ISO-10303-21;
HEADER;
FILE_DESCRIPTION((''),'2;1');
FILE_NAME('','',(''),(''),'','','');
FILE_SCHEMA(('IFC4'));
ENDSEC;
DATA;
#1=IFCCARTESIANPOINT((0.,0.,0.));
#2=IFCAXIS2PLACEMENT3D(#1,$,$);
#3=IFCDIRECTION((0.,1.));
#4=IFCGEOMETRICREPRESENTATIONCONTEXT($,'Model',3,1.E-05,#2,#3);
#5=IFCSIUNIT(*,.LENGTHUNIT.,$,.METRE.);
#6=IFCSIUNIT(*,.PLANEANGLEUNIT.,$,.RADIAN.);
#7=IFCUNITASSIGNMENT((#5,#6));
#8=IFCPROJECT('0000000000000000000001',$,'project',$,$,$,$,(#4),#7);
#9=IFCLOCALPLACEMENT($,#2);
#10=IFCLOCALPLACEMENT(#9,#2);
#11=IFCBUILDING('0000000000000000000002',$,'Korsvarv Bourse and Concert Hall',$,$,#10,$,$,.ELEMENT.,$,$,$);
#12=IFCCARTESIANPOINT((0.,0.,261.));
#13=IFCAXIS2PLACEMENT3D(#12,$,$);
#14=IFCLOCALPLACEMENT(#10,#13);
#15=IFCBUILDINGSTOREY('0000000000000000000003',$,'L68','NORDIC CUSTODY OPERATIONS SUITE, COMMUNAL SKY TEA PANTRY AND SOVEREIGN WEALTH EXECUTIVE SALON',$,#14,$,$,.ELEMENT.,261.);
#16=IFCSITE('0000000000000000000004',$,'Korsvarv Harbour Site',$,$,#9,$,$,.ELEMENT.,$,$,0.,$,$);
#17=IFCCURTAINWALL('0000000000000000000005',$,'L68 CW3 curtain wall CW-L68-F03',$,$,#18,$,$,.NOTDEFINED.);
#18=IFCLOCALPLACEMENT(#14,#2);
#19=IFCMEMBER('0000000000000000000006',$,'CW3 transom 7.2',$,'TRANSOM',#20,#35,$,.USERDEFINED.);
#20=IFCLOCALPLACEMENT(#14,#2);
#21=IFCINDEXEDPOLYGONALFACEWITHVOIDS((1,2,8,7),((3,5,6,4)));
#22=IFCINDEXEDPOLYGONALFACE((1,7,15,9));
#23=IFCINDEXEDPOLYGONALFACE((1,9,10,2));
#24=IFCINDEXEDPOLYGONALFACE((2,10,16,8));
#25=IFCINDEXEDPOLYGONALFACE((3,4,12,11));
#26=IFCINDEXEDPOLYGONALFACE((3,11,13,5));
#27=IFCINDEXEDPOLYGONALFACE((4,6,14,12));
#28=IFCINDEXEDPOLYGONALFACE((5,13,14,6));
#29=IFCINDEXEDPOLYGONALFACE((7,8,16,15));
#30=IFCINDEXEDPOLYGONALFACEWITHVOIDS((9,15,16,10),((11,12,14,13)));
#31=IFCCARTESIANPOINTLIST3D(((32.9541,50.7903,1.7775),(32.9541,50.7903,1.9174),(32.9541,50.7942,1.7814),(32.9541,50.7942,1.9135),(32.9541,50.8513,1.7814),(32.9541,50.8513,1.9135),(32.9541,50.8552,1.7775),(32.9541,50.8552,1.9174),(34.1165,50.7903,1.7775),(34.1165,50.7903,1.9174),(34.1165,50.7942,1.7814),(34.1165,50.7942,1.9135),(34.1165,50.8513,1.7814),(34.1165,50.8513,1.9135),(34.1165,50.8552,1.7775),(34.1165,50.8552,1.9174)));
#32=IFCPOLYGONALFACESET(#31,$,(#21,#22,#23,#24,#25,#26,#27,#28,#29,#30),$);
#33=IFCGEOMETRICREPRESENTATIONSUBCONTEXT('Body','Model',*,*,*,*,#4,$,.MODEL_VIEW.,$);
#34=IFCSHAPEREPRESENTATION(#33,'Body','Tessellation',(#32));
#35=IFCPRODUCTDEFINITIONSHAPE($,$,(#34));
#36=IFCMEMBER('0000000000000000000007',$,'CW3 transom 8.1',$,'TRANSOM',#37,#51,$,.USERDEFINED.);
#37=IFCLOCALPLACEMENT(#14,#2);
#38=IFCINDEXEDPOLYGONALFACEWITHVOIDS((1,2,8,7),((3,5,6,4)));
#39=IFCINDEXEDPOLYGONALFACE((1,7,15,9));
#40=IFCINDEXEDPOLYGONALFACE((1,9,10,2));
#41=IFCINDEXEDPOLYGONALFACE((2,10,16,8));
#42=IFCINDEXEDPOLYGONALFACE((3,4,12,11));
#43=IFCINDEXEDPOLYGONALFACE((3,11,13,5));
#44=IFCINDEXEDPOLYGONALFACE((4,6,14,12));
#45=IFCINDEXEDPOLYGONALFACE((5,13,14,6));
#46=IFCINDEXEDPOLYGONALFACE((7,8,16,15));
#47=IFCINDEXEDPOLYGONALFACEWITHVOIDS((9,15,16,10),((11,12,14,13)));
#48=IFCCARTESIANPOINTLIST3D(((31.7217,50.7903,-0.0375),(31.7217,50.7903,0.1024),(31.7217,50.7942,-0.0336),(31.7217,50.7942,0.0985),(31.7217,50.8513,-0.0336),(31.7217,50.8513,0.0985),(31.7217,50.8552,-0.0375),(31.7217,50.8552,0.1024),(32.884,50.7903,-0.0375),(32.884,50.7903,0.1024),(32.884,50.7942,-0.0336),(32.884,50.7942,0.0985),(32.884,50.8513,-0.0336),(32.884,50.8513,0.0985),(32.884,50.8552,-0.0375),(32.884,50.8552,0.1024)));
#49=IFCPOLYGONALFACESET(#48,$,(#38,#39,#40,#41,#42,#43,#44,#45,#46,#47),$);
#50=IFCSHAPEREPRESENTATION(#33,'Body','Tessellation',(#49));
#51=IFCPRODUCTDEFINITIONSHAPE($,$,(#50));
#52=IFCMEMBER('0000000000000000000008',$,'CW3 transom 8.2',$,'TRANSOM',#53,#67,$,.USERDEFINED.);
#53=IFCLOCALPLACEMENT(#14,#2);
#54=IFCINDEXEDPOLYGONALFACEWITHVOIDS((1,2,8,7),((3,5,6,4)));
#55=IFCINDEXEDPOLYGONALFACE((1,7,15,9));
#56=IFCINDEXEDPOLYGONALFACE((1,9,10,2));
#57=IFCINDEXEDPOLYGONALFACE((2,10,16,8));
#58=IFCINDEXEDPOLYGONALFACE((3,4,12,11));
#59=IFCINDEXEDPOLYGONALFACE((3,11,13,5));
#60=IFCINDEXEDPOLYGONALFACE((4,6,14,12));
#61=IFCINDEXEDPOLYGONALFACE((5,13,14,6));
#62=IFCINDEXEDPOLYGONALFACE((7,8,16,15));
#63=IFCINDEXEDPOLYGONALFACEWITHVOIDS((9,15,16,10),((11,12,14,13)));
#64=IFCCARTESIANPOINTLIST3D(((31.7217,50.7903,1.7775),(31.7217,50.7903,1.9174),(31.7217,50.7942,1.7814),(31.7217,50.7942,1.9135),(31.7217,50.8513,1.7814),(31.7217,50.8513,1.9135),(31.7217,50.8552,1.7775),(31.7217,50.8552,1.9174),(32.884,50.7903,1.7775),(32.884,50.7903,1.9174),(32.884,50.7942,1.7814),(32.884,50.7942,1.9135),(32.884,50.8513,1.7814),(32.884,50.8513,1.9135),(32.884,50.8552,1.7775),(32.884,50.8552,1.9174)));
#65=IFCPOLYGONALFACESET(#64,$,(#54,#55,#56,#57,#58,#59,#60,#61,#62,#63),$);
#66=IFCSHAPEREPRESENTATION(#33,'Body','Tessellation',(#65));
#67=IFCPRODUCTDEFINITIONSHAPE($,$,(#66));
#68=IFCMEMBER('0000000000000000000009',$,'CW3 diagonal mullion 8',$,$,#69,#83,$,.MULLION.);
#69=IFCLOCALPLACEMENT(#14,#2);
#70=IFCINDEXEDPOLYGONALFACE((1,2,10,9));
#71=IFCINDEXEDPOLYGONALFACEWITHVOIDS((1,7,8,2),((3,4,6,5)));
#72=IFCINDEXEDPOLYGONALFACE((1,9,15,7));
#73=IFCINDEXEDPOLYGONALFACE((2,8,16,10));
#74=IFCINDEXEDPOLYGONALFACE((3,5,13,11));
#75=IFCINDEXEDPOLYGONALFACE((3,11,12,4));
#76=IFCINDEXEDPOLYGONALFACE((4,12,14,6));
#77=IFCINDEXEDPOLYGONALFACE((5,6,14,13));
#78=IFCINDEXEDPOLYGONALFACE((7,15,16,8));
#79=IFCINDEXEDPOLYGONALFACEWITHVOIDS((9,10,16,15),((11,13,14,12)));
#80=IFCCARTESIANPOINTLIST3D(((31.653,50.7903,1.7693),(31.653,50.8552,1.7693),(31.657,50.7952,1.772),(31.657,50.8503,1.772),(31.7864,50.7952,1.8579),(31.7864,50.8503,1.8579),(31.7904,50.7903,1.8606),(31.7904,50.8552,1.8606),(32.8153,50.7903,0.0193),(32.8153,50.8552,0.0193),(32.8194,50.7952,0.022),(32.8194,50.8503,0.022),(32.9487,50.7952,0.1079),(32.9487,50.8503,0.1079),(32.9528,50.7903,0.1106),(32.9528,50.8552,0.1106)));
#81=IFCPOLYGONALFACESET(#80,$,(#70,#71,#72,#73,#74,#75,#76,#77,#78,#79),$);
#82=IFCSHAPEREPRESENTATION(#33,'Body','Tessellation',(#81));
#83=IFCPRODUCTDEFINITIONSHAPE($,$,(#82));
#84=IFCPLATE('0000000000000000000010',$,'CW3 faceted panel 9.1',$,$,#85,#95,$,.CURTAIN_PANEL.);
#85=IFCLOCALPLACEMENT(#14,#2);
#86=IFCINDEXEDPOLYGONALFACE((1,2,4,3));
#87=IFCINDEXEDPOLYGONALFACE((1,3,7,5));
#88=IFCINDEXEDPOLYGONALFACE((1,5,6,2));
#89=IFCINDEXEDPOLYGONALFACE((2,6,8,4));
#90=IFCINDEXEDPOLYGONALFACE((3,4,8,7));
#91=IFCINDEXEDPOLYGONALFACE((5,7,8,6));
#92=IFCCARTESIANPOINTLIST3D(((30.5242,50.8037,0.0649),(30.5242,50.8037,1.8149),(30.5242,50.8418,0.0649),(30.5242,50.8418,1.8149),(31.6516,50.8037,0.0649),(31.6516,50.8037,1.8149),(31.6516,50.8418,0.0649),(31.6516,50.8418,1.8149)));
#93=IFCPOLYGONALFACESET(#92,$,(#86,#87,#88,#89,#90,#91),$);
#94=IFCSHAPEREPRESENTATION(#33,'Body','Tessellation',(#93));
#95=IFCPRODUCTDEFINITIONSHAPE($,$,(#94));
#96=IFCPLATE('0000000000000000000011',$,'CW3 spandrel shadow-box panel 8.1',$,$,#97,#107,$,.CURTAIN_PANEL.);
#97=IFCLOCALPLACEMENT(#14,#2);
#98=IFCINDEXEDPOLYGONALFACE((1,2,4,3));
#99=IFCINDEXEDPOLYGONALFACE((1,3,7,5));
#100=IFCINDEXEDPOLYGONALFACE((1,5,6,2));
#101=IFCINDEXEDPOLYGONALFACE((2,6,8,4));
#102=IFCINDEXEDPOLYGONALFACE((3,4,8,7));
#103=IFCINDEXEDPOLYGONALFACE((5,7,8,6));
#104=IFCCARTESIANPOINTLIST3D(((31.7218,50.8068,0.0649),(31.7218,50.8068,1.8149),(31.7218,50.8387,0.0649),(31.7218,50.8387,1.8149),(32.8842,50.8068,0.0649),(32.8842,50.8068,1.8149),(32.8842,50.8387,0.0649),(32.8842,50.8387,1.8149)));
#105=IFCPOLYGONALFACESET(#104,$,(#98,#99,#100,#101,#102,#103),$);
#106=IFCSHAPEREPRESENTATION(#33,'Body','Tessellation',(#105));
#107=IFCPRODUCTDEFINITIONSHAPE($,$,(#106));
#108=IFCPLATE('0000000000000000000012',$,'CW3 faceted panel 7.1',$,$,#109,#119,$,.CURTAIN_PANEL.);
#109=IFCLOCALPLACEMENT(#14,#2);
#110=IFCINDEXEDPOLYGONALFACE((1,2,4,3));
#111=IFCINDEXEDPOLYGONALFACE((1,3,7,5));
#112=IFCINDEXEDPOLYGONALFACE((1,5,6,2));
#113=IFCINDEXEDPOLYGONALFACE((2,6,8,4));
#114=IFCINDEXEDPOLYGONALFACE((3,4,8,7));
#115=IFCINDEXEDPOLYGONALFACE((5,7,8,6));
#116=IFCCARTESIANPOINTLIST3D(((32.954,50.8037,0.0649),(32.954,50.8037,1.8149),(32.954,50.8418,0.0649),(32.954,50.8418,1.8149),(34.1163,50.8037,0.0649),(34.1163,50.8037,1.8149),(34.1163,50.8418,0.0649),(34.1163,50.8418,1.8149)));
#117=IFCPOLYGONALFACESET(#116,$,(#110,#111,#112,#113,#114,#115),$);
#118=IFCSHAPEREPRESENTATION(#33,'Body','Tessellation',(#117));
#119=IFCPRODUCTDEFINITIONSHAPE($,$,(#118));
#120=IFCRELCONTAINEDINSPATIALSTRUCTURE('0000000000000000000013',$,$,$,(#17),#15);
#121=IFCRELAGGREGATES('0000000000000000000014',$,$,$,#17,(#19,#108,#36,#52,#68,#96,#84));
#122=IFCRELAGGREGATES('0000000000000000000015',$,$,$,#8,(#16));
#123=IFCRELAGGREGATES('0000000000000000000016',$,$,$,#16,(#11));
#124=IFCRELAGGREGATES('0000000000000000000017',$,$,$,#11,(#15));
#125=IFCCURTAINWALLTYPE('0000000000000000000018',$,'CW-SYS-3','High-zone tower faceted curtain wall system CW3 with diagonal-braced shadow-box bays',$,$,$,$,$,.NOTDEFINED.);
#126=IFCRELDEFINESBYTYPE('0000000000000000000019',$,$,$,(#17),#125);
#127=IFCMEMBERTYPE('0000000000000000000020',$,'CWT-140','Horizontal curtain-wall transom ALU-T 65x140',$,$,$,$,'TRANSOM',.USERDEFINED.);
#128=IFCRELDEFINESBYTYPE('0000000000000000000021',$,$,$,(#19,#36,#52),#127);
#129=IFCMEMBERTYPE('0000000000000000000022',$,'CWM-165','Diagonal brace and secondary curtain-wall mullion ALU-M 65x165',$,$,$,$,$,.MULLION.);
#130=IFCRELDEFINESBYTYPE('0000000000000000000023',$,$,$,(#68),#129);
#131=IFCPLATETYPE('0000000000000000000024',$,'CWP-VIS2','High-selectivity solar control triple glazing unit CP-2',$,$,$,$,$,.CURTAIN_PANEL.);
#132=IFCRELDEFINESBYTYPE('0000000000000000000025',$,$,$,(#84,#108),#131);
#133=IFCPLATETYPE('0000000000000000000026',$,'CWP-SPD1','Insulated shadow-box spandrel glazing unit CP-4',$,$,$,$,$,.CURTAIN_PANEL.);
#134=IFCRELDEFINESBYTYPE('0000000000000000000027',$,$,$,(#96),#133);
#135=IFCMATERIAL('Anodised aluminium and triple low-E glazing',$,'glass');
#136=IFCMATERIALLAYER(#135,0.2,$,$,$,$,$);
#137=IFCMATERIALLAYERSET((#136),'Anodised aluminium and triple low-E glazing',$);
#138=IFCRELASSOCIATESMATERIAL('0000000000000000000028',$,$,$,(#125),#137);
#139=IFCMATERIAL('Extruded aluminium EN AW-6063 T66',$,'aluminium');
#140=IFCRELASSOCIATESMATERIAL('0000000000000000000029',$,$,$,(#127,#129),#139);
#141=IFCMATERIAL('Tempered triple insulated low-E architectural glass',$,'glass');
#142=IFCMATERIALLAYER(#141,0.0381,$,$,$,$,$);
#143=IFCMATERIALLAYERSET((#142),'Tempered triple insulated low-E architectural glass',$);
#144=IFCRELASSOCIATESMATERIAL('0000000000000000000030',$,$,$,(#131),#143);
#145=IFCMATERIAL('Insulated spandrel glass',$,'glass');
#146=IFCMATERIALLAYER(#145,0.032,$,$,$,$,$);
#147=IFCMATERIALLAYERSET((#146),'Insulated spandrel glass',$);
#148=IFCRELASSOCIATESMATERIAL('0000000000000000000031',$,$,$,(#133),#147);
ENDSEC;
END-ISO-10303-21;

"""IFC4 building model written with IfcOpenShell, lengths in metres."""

from ifc_helpers import new_model, si_unit, direction, frame, origin, origin_2d, place, context, subcontext, project, spatial, rectangle, hollow_rectangle, extrude, source, transform, mapped, material, layer, layer_set, material_profile, profile_set, type_object, element, aggregate, save


model = new_model("IFC4")

# Units and contexts
model_context = context("Model", 3, precision=1e-05, world=origin(), true_north=direction((0.0, 1.0)))
body_context = subcontext(model_context, "Body", "Model", "MODEL_VIEW")
ifc_project = project(units=[si_unit("LENGTHUNIT", "METRE"), si_unit("PLANEANGLEUNIT", "RADIAN")], contexts=[model_context])

# Site, building, storey
site_placement = place(None, origin())
site = spatial("IfcSite", under=ifc_project, at=site_placement, Name="Korsvarv Harbour Site", CompositionType="ELEMENT", RefElevation=0.0)
building_placement = place(site_placement, origin())
building = spatial("IfcBuilding", under=site, at=building_placement, Name="Korsvarv Bourse and Concert Hall", CompositionType="ELEMENT")
storey_placement = place(building_placement, frame((0.0, 0.0, 261.0)))
storey = spatial("IfcBuildingStorey", under=building, at=storey_placement, Name="L68", Description="NORDIC CUSTODY OPERATIONS SUITE, COMMUNAL SKY TEA PANTRY AND SOVEREIGN WEALTH EXECUTIVE SALON", CompositionType="ELEMENT", Elevation=261.0)

# Curtain wall, members, plates
ifc_material_1 = material(Name="Anodised aluminium and triple low-E glazing", Category="glass")
ifc_layer_1 = layer(ifc_material_1, 0.2)
ifc_layer_set_1 = layer_set([ifc_layer_1], Name="Anodised aluminium and triple low-E glazing")
curtain_wall_type = type_object("IfcCurtainWallType", Name="CW-SYS-3", Description="High-zone tower faceted curtain wall system CW3 with diagonal-braced shadow-box bays", PredefinedType="NOTDEFINED", material=ifc_layer_set_1)
curtain_wall_placement = place(storey_placement, origin())
curtain_wall = element("IfcCurtainWall", 1, at=curtain_wall_placement, inside=storey, type_object=curtain_wall_type, Name="L68 CW3 curtain wall CW-L68-F03", PredefinedType="NOTDEFINED")
ifc_material_2 = material(Name="Extruded aluminium EN AW-6063 T66", Category="aluminium")
ifc_material_profile_1 = material_profile(ifc_material_2, hollow_rectangle(XDim=0.0649, YDim=0.1399, WallThickness=0.0039, at=origin_2d()), Name="ALU-T 65x140")
ifc_profile_set_1 = profile_set([ifc_material_profile_1], Name="Extruded aluminium EN AW-6063 T66")
member_type_1 = type_object("IfcMemberType", Name="CWT-140", Description="Horizontal curtain-wall transom ALU-T 65x140", ElementType="TRANSOM", PredefinedType="USERDEFINED", material=ifc_profile_set_1)
shared_shape_1 = source(origin(), body_context, "Body", "SweptSolid", [
    extrude(hollow_rectangle(XDim=0.0649, YDim=0.1399, WallThickness=0.0039, at=origin_2d()), origin(), (0.0, 0.0, 1.0), 1.1624),
])
member_1_placement = place(storey_placement, frame((34.1165, 50.8228, 1.8474), z_axis=(-1.0, 0.0, 0.0), x_axis=(0.0, -1.0, 0.0)))
member_1 = element("IfcMember", 2, at=member_1_placement, type_object=member_type_1, Name="CW3 transom 7.2", ObjectType="TRANSOM", PredefinedType="USERDEFINED", context=body_context, shape_type="MappedRepresentation", body=[
    mapped(shared_shape_1, transform((0.0, 0.0, 0.0), scale=1.0)),
])
member_2_placement = place(storey_placement, frame((32.884, 50.8228, 0.0325), z_axis=(-1.0, 0.0, 0.0), x_axis=(0.0, -1.0, 0.0)))
member_2 = element("IfcMember", 3, at=member_2_placement, type_object=member_type_1, Name="CW3 transom 8.1", ObjectType="TRANSOM", PredefinedType="USERDEFINED", context=body_context, shape_type="MappedRepresentation", body=[
    mapped(shared_shape_1, transform((0.0, 0.0, 0.0), scale=1.0)),
])
member_3_placement = place(storey_placement, frame((32.884, 50.8228, 1.8474), z_axis=(-1.0, 0.0, 0.0), x_axis=(0.0, -1.0, 0.0)))
member_3 = element("IfcMember", 4, at=member_3_placement, type_object=member_type_1, Name="CW3 transom 8.2", ObjectType="TRANSOM", PredefinedType="USERDEFINED", context=body_context, shape_type="MappedRepresentation", body=[
    mapped(shared_shape_1, transform((0.0, 0.0, 0.0), scale=1.0)),
])
ifc_material_profile_2 = material_profile(ifc_material_2, hollow_rectangle(XDim=0.0649, YDim=0.165, WallThickness=0.0049, at=origin_2d()), Name="ALU-M 65x165")
ifc_profile_set_2 = profile_set([ifc_material_profile_2], Name="Extruded aluminium EN AW-6063 T66")
member_type_2 = type_object("IfcMemberType", Name="CWM-165", Description="Diagonal brace and secondary curtain-wall mullion ALU-M 65x165", PredefinedType="MULLION", material=ifc_profile_set_2)
shared_shape_2 = source(origin(), body_context, "Body", "SweptSolid", [
    extrude(hollow_rectangle(XDim=0.0649, YDim=0.165, WallThickness=0.0049, at=origin_2d()), origin(), (0.0, 0.0, 1.0), 2.1008),
])
member_4_placement = place(storey_placement, frame((32.884, 50.8228, 0.0649), z_axis=(-0.553278, 0.0, 0.832997), x_axis=(0.0, -1.0, 0.0)))
member_4 = element("IfcMember", 5, at=member_4_placement, type_object=member_type_2, Name="CW3 diagonal mullion 8", PredefinedType="MULLION", context=body_context, shape_type="MappedRepresentation", body=[
    mapped(shared_shape_2, transform((0.0, 0.0, 0.0), scale=1.0)),
])
ifc_material_3 = material(Name="Tempered triple insulated low-E architectural glass", Category="glass")
ifc_layer_2 = layer(ifc_material_3, 0.0381)
ifc_layer_set_2 = layer_set([ifc_layer_2], Name="Tempered triple insulated low-E architectural glass")
plate_type_1 = type_object("IfcPlateType", Name="CWP-VIS2", Description="High-selectivity solar control triple glazing unit CP-2", PredefinedType="CURTAIN_PANEL", material=ifc_layer_set_2)
shared_shape_3 = source(origin(), body_context, "Body", "SweptSolid", [
    extrude(rectangle(XDim=1.1274, YDim=0.0381, at=origin_2d()), origin(), (0.0, 0.0, 1.0), 1.75),
])
plate_1_placement = place(storey_placement, frame((31.0879, 50.8228, 0.0649), z_axis=(0.0, 0.0, 1.0), x_axis=(-1.0, 0.0, 0.0)))
plate_1 = element("IfcPlate", 6, at=plate_1_placement, type_object=plate_type_1, Name="CW3 faceted panel 9.1", PredefinedType="CURTAIN_PANEL", context=body_context, shape_type="MappedRepresentation", body=[
    mapped(shared_shape_3, transform((0.0, 0.0, 0.0), scale=1.0)),
])
ifc_material_4 = material(Name="Insulated spandrel glass", Category="glass")
ifc_layer_3 = layer(ifc_material_4, 0.032)
ifc_layer_set_3 = layer_set([ifc_layer_3], Name="Insulated spandrel glass")
plate_type_2 = type_object("IfcPlateType", Name="CWP-SPD1", Description="Insulated shadow-box spandrel glazing unit CP-4", PredefinedType="CURTAIN_PANEL", material=ifc_layer_set_3)
shared_shape_4 = source(origin(), body_context, "Body", "SweptSolid", [
    extrude(rectangle(XDim=1.1624, YDim=0.032, at=origin_2d()), origin(), (0.0, 0.0, 1.0), 1.75),
])
plate_2_placement = place(storey_placement, frame((32.303, 50.8228, 0.0649), z_axis=(0.0, 0.0, 1.0), x_axis=(-1.0, 0.0, 0.0)))
plate_2 = element("IfcPlate", 7, at=plate_2_placement, type_object=plate_type_2, Name="CW3 spandrel shadow-box panel 8.1", PredefinedType="CURTAIN_PANEL", context=body_context, shape_type="MappedRepresentation", body=[
    mapped(shared_shape_4, transform((0.0, 0.0, 0.0), scale=1.0)),
])
shared_shape_5 = source(origin(), body_context, "Body", "SweptSolid", [
    extrude(rectangle(XDim=1.1624, YDim=0.0381, at=origin_2d()), origin(), (0.0, 0.0, 1.0), 1.75),
])
plate_3_placement = place(storey_placement, frame((33.5352, 50.8228, 0.0649), z_axis=(0.0, 0.0, 1.0), x_axis=(-1.0, 0.0, 0.0)))
plate_3 = element("IfcPlate", 8, at=plate_3_placement, type_object=plate_type_1, Name="CW3 faceted panel 7.1", PredefinedType="CURTAIN_PANEL", context=body_context, shape_type="MappedRepresentation", body=[
    mapped(shared_shape_5, transform((0.0, 0.0, 0.0), scale=1.0)),
])
aggregate(curtain_wall, [member_1, plate_3, member_2, member_3, member_4, plate_2, plate_1])

save(model, "model.ifc")
